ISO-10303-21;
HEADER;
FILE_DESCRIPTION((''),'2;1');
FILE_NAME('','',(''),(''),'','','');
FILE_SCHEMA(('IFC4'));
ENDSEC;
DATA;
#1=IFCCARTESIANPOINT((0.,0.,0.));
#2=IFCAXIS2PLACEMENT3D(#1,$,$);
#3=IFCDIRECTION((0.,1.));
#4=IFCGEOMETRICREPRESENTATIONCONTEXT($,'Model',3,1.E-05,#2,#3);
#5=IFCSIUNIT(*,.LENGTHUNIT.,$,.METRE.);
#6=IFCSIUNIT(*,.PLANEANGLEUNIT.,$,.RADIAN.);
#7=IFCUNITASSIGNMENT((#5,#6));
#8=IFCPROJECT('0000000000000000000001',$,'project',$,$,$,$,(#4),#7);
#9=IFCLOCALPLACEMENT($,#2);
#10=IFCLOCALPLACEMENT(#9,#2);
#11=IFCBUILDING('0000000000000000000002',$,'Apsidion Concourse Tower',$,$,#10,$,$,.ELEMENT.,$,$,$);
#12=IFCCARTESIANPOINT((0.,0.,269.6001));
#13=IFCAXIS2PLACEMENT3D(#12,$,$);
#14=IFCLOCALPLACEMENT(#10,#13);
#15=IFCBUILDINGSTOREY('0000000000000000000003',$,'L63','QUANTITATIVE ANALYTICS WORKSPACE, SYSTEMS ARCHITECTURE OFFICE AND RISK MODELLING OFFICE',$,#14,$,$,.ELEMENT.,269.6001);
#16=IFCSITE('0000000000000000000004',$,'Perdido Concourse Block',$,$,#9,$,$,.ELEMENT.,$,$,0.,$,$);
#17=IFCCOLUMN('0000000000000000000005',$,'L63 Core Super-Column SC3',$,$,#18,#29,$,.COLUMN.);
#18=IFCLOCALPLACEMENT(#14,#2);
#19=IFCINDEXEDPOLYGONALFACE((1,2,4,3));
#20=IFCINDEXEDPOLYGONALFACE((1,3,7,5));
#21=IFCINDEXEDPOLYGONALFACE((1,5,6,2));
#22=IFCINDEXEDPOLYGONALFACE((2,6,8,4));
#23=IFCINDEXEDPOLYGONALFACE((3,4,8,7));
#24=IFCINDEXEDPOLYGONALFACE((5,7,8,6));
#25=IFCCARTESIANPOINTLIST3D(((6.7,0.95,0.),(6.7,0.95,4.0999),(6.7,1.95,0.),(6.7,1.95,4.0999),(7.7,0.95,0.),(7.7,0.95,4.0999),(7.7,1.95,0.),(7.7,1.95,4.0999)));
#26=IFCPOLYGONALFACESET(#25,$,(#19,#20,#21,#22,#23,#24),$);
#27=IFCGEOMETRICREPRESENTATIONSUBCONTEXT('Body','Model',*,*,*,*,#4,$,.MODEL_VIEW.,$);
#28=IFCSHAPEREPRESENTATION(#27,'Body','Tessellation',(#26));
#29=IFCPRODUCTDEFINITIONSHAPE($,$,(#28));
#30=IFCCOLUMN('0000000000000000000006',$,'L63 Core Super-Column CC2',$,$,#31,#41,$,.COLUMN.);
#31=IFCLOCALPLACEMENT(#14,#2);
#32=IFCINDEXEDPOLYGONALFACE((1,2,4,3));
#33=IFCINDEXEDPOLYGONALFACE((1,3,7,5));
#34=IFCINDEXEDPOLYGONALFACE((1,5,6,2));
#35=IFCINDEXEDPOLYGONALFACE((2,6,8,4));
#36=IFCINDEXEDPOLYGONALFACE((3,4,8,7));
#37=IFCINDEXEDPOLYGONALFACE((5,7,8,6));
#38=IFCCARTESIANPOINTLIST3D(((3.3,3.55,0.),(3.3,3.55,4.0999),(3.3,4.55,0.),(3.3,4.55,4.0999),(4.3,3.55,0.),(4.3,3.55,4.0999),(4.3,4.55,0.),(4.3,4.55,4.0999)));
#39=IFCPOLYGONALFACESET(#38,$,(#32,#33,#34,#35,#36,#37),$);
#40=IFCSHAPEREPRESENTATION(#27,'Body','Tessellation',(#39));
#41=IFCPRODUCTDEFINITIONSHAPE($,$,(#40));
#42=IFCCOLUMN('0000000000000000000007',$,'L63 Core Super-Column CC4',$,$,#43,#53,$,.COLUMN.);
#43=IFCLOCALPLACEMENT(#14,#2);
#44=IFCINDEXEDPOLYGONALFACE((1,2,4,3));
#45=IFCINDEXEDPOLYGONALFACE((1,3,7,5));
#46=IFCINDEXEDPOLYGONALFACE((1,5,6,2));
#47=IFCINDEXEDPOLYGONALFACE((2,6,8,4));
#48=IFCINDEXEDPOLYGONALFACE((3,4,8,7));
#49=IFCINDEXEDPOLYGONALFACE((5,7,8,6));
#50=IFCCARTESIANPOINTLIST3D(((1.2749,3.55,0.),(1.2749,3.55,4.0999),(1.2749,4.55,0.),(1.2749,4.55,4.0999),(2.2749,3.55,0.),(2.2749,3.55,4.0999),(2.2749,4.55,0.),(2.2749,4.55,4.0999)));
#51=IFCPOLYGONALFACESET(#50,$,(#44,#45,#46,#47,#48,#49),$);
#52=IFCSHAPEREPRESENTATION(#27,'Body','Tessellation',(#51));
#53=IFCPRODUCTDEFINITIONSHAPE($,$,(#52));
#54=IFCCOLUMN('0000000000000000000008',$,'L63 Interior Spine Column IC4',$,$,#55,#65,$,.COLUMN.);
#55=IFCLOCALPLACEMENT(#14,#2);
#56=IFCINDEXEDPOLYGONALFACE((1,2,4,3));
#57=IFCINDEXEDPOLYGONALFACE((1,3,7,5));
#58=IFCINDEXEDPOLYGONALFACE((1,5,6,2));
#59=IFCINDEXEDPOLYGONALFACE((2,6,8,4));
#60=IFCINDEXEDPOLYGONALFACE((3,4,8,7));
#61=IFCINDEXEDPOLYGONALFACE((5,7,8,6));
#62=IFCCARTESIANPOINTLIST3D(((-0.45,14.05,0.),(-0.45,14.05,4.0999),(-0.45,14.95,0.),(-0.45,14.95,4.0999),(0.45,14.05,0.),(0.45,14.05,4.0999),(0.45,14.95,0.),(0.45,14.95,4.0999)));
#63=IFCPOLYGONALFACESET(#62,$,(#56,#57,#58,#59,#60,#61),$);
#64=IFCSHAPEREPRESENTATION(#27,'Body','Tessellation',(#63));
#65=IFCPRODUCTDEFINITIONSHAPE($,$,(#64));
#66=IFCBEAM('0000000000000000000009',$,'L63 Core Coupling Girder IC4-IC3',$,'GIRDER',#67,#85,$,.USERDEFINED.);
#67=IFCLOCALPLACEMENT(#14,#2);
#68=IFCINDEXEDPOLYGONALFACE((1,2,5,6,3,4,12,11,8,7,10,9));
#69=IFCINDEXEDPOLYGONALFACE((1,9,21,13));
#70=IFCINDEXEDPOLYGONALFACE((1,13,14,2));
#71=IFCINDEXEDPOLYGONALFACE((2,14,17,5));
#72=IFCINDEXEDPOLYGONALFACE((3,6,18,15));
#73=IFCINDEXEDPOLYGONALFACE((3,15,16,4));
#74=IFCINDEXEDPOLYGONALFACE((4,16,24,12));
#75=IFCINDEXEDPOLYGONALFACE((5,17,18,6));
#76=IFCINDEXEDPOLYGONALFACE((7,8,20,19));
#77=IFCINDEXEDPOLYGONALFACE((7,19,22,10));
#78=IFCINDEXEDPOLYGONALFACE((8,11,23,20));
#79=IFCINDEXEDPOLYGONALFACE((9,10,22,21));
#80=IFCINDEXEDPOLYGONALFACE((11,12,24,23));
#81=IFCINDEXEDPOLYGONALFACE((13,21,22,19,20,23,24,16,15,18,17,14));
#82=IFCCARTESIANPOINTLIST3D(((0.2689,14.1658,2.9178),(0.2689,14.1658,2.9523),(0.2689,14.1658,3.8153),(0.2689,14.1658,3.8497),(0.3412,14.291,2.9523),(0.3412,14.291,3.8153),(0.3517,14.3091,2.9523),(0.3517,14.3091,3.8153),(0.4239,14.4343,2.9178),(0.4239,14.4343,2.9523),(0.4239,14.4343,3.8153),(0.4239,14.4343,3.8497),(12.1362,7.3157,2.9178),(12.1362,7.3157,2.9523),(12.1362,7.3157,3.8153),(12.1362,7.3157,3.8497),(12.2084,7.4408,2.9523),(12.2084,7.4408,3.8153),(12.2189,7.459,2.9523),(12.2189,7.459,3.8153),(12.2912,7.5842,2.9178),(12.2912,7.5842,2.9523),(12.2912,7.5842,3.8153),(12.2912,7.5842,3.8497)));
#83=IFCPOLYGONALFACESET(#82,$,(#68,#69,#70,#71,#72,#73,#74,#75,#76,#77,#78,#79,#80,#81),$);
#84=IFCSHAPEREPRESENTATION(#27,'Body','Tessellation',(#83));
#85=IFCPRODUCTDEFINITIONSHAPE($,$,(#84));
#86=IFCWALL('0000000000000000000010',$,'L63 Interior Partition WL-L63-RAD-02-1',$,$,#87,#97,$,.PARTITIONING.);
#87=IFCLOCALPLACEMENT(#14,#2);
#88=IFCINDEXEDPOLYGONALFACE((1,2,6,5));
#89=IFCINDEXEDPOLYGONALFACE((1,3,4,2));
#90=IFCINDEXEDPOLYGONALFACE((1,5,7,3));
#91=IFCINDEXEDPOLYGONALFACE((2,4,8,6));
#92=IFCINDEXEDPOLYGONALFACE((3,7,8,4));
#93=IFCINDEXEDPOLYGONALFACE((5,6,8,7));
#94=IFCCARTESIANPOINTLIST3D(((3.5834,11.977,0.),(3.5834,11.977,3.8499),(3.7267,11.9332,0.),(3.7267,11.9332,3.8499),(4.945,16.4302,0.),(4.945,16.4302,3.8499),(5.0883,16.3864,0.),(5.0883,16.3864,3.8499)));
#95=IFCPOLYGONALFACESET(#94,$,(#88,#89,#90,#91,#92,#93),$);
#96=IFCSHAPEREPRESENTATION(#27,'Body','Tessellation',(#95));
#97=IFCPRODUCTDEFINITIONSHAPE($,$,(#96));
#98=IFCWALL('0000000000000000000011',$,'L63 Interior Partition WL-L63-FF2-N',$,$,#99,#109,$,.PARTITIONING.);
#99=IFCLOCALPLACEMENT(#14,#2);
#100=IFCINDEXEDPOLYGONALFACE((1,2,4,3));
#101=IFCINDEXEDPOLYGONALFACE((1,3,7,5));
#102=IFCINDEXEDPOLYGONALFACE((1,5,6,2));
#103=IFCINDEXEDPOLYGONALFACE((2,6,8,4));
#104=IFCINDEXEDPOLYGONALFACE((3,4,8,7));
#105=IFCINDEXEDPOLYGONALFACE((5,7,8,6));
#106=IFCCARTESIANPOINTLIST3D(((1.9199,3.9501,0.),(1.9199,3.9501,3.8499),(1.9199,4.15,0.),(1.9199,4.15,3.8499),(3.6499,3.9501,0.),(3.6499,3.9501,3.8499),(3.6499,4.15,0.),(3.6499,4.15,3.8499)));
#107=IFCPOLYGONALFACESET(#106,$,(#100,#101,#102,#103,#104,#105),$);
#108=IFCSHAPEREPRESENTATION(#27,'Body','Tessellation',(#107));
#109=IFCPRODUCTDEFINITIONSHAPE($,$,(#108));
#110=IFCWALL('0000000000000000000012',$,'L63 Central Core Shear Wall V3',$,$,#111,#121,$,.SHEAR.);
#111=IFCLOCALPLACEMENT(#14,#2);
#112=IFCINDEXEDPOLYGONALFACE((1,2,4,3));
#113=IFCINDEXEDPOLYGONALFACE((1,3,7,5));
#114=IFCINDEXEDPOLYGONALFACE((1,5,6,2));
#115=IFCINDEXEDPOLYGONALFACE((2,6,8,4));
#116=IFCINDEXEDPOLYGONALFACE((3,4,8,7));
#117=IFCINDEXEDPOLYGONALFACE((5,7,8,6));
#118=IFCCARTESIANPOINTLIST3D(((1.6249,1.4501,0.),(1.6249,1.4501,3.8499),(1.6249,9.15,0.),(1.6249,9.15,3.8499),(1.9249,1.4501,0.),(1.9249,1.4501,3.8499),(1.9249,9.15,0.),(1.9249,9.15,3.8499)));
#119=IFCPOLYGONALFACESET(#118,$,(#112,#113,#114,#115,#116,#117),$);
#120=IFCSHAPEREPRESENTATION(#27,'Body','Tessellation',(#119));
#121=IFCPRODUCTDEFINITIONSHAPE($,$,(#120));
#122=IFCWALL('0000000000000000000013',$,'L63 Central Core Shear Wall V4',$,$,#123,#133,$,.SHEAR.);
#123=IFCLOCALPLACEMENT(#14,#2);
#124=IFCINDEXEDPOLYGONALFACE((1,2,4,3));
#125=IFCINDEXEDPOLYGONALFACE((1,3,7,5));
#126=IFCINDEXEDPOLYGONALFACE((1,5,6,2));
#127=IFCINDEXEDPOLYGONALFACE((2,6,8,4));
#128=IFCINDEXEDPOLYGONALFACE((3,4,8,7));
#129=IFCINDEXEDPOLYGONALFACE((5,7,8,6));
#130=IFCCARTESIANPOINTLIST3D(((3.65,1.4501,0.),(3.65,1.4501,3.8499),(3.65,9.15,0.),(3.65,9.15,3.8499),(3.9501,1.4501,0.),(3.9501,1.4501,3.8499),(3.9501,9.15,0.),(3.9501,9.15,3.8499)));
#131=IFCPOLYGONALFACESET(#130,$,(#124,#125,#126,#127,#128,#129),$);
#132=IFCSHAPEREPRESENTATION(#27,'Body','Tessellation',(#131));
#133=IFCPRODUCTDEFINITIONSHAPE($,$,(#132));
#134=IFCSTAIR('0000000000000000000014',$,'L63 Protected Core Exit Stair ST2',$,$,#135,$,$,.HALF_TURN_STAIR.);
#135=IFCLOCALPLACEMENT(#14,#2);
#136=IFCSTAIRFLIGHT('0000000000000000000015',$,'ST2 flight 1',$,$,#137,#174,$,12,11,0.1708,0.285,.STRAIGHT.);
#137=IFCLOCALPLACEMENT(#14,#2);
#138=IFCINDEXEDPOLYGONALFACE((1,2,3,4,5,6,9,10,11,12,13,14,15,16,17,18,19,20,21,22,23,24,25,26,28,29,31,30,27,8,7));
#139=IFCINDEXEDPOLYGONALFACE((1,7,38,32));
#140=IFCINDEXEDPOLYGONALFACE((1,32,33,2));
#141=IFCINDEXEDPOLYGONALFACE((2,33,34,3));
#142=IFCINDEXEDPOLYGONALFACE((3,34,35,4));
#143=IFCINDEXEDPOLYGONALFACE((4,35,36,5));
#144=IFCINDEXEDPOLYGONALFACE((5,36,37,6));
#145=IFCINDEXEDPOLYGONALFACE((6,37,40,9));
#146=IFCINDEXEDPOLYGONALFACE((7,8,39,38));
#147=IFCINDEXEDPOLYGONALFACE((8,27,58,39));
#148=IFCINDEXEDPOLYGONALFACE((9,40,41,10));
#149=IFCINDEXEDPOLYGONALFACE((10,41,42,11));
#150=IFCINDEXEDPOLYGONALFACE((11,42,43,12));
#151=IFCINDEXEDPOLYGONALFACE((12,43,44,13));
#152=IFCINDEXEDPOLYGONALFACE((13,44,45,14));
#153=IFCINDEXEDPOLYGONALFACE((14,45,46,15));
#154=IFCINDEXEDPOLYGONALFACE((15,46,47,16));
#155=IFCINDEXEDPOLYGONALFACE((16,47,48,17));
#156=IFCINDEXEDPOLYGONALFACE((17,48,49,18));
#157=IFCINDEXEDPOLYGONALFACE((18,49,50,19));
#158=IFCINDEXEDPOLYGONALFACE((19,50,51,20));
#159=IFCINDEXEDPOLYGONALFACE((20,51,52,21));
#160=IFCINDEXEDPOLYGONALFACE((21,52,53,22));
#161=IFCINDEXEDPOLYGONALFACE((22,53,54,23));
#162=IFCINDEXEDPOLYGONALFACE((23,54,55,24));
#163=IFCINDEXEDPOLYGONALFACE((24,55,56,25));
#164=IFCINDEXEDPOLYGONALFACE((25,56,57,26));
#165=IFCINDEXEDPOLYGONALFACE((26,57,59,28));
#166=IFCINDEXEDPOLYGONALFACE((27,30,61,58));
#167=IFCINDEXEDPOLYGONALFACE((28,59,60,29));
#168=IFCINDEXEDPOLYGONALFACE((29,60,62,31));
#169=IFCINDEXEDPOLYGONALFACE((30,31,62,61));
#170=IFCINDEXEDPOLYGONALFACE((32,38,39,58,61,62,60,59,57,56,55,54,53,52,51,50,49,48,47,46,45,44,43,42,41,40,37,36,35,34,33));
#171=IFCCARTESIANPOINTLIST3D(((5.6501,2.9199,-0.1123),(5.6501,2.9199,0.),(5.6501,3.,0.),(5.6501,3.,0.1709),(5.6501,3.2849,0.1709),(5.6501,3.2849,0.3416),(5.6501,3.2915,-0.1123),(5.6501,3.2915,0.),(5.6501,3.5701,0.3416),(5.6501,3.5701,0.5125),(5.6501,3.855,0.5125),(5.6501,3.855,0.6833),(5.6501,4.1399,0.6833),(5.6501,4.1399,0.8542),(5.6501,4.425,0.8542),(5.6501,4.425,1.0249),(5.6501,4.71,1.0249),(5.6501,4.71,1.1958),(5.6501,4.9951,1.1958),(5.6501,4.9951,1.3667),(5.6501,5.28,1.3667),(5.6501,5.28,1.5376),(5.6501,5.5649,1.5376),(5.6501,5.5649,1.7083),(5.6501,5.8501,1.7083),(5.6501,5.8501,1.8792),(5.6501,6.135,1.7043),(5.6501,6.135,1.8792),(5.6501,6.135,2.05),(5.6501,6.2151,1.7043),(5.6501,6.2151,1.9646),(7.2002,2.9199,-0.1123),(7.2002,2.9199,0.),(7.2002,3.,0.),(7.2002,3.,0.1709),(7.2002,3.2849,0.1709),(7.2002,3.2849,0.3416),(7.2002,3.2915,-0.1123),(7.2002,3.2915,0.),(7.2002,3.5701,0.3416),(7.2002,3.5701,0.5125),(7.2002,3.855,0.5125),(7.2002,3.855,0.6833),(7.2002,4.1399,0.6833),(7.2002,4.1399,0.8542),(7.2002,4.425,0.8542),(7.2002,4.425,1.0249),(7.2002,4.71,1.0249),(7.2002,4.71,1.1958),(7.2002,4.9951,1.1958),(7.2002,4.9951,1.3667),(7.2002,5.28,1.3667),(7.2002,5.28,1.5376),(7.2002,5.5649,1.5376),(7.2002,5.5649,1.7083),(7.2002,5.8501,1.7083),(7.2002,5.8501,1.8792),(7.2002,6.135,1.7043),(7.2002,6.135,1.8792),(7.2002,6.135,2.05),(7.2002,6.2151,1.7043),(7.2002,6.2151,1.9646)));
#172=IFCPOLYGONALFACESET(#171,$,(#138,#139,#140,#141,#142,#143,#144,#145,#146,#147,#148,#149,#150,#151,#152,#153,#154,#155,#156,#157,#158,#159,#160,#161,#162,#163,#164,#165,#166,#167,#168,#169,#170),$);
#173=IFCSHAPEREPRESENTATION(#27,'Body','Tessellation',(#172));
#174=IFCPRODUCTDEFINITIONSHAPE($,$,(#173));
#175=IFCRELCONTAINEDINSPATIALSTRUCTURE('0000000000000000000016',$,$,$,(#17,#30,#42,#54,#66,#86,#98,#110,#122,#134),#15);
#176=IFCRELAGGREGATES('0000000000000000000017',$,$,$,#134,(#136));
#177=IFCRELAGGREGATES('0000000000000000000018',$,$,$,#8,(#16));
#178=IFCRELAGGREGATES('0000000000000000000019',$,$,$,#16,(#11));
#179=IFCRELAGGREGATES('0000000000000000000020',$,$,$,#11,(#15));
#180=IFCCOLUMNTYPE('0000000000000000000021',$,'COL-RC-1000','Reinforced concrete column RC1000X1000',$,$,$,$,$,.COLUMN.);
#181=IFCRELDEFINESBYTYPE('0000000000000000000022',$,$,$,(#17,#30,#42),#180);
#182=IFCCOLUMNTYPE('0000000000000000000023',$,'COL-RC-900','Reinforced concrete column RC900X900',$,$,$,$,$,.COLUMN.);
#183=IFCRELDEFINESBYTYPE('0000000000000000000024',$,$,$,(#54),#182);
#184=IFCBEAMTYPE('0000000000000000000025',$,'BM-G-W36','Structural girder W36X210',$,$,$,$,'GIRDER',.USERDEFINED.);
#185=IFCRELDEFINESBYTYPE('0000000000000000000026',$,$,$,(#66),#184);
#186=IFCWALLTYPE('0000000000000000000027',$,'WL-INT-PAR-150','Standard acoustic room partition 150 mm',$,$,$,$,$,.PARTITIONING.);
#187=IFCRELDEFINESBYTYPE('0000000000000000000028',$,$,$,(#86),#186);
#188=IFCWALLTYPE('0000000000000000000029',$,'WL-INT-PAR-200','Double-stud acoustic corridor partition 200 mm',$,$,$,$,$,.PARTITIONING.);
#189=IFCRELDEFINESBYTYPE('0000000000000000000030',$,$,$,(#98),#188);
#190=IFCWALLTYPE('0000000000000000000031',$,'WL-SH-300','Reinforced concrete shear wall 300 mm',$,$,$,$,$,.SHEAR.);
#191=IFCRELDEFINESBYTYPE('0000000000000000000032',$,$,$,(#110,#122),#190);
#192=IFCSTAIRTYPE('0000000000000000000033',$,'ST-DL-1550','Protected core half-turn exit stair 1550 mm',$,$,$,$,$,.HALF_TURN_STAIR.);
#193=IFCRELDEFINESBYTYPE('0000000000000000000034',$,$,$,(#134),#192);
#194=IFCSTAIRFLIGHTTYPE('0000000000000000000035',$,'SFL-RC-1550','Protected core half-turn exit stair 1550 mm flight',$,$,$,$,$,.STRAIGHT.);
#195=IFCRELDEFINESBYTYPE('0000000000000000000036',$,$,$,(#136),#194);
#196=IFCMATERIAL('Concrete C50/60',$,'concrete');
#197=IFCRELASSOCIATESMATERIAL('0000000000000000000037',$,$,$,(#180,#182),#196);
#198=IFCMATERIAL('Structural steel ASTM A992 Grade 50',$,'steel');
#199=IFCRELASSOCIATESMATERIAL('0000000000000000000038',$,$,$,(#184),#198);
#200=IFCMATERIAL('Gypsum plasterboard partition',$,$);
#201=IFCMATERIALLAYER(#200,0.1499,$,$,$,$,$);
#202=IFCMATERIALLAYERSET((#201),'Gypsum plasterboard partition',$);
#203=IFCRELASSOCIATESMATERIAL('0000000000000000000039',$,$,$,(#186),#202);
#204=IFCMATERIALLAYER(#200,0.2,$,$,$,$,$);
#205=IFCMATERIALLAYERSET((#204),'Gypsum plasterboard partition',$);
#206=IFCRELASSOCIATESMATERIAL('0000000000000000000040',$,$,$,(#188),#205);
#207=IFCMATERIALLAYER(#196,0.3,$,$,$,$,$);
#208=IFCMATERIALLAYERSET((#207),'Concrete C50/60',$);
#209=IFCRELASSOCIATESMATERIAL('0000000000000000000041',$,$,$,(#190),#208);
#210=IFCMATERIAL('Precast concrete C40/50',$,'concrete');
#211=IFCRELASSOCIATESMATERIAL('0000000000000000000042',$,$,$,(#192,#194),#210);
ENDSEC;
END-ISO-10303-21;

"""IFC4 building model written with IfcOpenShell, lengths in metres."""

from ifc_helpers import new_model, si_unit, direction, frame, frame_2d, origin, origin_2d, place, context, subcontext, project, spatial, polyline, rectangle, i_section, outline, extrude, material, layer, layer_set, material_profile, profile_set, type_object, element, aggregate, save


model = new_model("IFC4")

# Units and contexts
model_context = context("Model", 3, precision=1e-05, world=origin(), true_north=direction((0.0, 1.0)))
body_context = subcontext(model_context, "Body", "Model", "MODEL_VIEW")
ifc_project = project(units=[si_unit("LENGTHUNIT", "METRE"), si_unit("PLANEANGLEUNIT", "RADIAN")], contexts=[model_context])

# Site, building, storey
site_placement = place(None, origin())
site = spatial("IfcSite", under=ifc_project, at=site_placement, Name="Perdido Concourse Block", CompositionType="ELEMENT", RefElevation=0.0)
building_placement = place(site_placement, origin())
building = spatial("IfcBuilding", under=site, at=building_placement, Name="Apsidion Concourse Tower", CompositionType="ELEMENT")
storey_placement = place(building_placement, frame((0.0, 0.0, 269.6001)))
storey = spatial("IfcBuildingStorey", under=building, at=storey_placement, Name="L63", Description="QUANTITATIVE ANALYTICS WORKSPACE, SYSTEMS ARCHITECTURE OFFICE AND RISK MODELLING OFFICE", CompositionType="ELEMENT", Elevation=269.6001)

# Columns
ifc_material_1 = material(Name="Concrete C50/60", Category="concrete")
ifc_material_profile_1 = material_profile(ifc_material_1, rectangle(XDim=1.0, YDim=1.0, at=origin_2d()), Name="RC 1000x1000")
ifc_profile_set_1 = profile_set([ifc_material_profile_1], Name="Concrete C50/60")
column_type_1 = type_object("IfcColumnType", Name="COL-RC-1000", Description="Reinforced concrete column RC1000X1000", PredefinedType="COLUMN", material=ifc_profile_set_1)
for number, where, z_axis, x_axis, name in (
    (1, (7.2, 1.45, 0.0), (0.0, 0.0, 1.0), (1.0, 0.0, 0.0), "L63 Core Super-Column SC3"),
    (2, (3.8, 4.05, 0.0), (0.0, 0.0, 1.0), (1.0, 0.0, 0.0), "L63 Core Super-Column CC2"),
    (3, (1.7749, 4.05, 0.0), (0.0, 0.0, 1.0), (1.0, 0.0, 0.0), "L63 Core Super-Column CC4"),
):
    element("IfcColumn", number, at=place(storey_placement, frame(where, z_axis=z_axis, x_axis=x_axis)), inside=storey, type_object=column_type_1, Name=name, PredefinedType="COLUMN", context=body_context, shape_type="SweptSolid", body=[
        extrude(rectangle(XDim=1.0, YDim=1.0, at=origin_2d()), origin(), (0.0, 0.0, 1.0), 4.0999),
    ])
ifc_material_profile_2 = material_profile(ifc_material_1, rectangle(XDim=0.8999, YDim=0.8999, at=origin_2d()), Name="RC 900x900")
ifc_profile_set_2 = profile_set([ifc_material_profile_2], Name="Concrete C50/60")
column_type_2 = type_object("IfcColumnType", Name="COL-RC-900", Description="Reinforced concrete column RC900X900", PredefinedType="COLUMN", material=ifc_profile_set_2)
column_placement = place(storey_placement, frame((0.0, 14.5, 0.0), z_axis=(0.0, 0.0, 1.0), x_axis=(1.0, 0.0, 0.0)))
element("IfcColumn", 4, at=column_placement, inside=storey, type_object=column_type_2, Name="L63 Interior Spine Column IC4", PredefinedType="COLUMN", context=body_context, shape_type="SweptSolid", body=[
    extrude(rectangle(XDim=0.8999, YDim=0.8999, at=origin_2d()), origin(), (0.0, 0.0, 1.0), 4.0999),
])

# Beam
ifc_material_2 = material(Name="Structural steel ASTM A992 Grade 50", Category="steel")
ifc_material_profile_3 = material_profile(ifc_material_2, i_section(OverallWidth=0.3101, OverallDepth=0.9319, WebThickness=0.021, FlangeThickness=0.0344, at=origin_2d()), Name="W36X210")
ifc_profile_set_3 = profile_set([ifc_material_profile_3], Name="Structural steel ASTM A992 Grade 50")
beam_type = type_object("IfcBeamType", Name="BM-G-W36", Description="Structural girder W36X210", ElementType="GIRDER", PredefinedType="USERDEFINED", material=ifc_profile_set_3)
beam_placement = place(storey_placement, frame((0.3464, 14.3, 3.3838), z_axis=(0.86607, -0.499922, 0.0), x_axis=(0.499922, 0.86607, 0.0)))
element("IfcBeam", 5, at=beam_placement, inside=storey, type_object=beam_type, Name="L63 Core Coupling Girder IC4-IC3", ObjectType="GIRDER", PredefinedType="USERDEFINED", context=body_context, shape_type="SweptSolid", body=[
    extrude(i_section(OverallWidth=0.3101, OverallDepth=0.9319, WebThickness=0.021, FlangeThickness=0.0344, at=origin_2d()), origin(), (0.0, 0.0, 1.0), 13.7024),
])

# Walls
ifc_material_3 = material(Name="Gypsum plasterboard partition")
ifc_layer_1 = layer(ifc_material_3, 0.1499)
ifc_layer_set_1 = layer_set([ifc_layer_1], Name="Gypsum plasterboard partition")
wall_type_1 = type_object("IfcWallType", Name="WL-INT-PAR-150", Description="Standard acoustic room partition 150 mm", PredefinedType="PARTITIONING", material=ifc_layer_set_1)
wall_1_placement = place(storey_placement, frame((3.655, 11.9551, 0.0), z_axis=(0.0, 0.0, 1.0), x_axis=(0.292394, 0.956298, 0.0)))
element("IfcWall", 6, at=wall_1_placement, inside=storey, type_object=wall_type_1, Name="L63 Interior Partition WL-L63-RAD-02-1", PredefinedType="PARTITIONING", context=body_context, shape_type="SweptSolid", body=[
    extrude(rectangle(XDim=4.6567, YDim=0.1499, at=frame_2d((2.3284, 0.0))), origin(), (0.0, 0.0, 1.0), 3.8499),
])
ifc_layer_2 = layer(ifc_material_3, 0.2)
ifc_layer_set_2 = layer_set([ifc_layer_2], Name="Gypsum plasterboard partition")
wall_type_2 = type_object("IfcWallType", Name="WL-INT-PAR-200", Description="Double-stud acoustic corridor partition 200 mm", PredefinedType="PARTITIONING", material=ifc_layer_set_2)
wall_2_placement = place(storey_placement, frame((1.9199, 4.05, 0.0), z_axis=(0.0, 0.0, 1.0), x_axis=(1.0, 0.0, 0.0)))
element("IfcWall", 7, at=wall_2_placement, inside=storey, type_object=wall_type_2, Name="L63 Interior Partition WL-L63-FF2-N", PredefinedType="PARTITIONING", context=body_context, shape_type="SweptSolid", body=[
    extrude(rectangle(XDim=1.73, YDim=0.2, at=frame_2d((0.865, 0.0))), origin(), (0.0, 0.0, 1.0), 3.8499),
])
ifc_layer_3 = layer(ifc_material_1, 0.3)
ifc_layer_set_3 = layer_set([ifc_layer_3], Name="Concrete C50/60")
wall_type_3 = type_object("IfcWallType", Name="WL-SH-300", Description="Reinforced concrete shear wall 300 mm", PredefinedType="SHEAR", material=ifc_layer_set_3)
for number, where, z_axis, x_axis, name in (
    (8, (1.7749, 1.45, 0.0), (0.0, 0.0, 1.0), (0.0, 1.0, 0.0), "L63 Central Core Shear Wall V3"),
    (9, (3.8, 1.45, 0.0), (0.0, 0.0, 1.0), (0.0, 1.0, 0.0), "L63 Central Core Shear Wall V4"),
):
    element("IfcWall", number, at=place(storey_placement, frame(where, z_axis=z_axis, x_axis=x_axis)), inside=storey, type_object=wall_type_3, Name=name, PredefinedType="SHEAR", context=body_context, shape_type="SweptSolid", body=[
        extrude(rectangle(XDim=7.7, YDim=0.3, at=frame_2d((3.8501, 0.0))), origin(), (0.0, 0.0, 1.0), 3.8499),
    ])

# Stair, stair flight
ifc_material_4 = material(Name="Precast concrete C40/50", Category="concrete")
stair_type = type_object("IfcStairType", Name="ST-DL-1550", Description="Protected core half-turn exit stair 1550 mm", PredefinedType="HALF_TURN_STAIR", material=ifc_material_4)
stair_1_placement = place(storey_placement, origin())
stair_1 = element("IfcStair", 10, at=stair_1_placement, inside=storey, type_object=stair_type, Name="L63 Protected Core Exit Stair ST2", PredefinedType="HALF_TURN_STAIR")
stair_flight_type = type_object("IfcStairFlightType", Name="SFL-RC-1550", Description="Protected core half-turn exit stair 1550 mm flight", PredefinedType="STRAIGHT", material=ifc_material_4)
stair_flight_1_placement = place(storey_placement, frame((6.425, 3.0, 0.0), z_axis=(0.0, 0.0, 1.0), x_axis=(0.0, 1.0, 0.0)))
stair_flight_1 = element("IfcStairFlight", 11, at=stair_flight_1_placement, type_object=stair_flight_type, Name="ST2 flight 1", NumberOfRisers=12, NumberOfTreads=11, PredefinedType="STRAIGHT", RiserHeight=0.1708, TreadLength=0.285, context=body_context, shape_type="SweptSolid", body=[
    extrude(outline(polyline([(-0.0801, -0.1123), (-0.0801, 0.0), (0.0, 0.0), (0.0, 0.1709), (0.2849, 0.1709), (0.2849, 0.3416), (0.5701, 0.3416), (0.5701, 0.5125), (0.855, 0.5125), (0.855, 0.6833), (1.1399, 0.6833), (1.1399, 0.8542), (1.425, 0.8542), (1.425, 1.0249), (1.71, 1.0249), (1.71, 1.1958), (1.9951, 1.1958), (1.9951, 1.3667), (2.28, 1.3667), (2.28, 1.5376), (2.5649, 1.5376), (2.5649, 1.7083), (2.8501, 1.7083), (2.8501, 1.8792), (3.135, 1.8792), (3.135, 2.05), (3.2151, 1.9646), (3.2151, 1.7043), (3.135, 1.7043), (0.2915, 0.0), (0.2915, -0.1123), (-0.0801, -0.1123)])), frame((0.0, 0.7749, 0.0), z_axis=(0.0, -1.0, 0.0), x_axis=(1.0, 0.0, 0.0)), (0.0, 0.0, 1.0), 1.55),
])
aggregate(stair_1, [stair_flight_1])

save(model, "model.ifc")
